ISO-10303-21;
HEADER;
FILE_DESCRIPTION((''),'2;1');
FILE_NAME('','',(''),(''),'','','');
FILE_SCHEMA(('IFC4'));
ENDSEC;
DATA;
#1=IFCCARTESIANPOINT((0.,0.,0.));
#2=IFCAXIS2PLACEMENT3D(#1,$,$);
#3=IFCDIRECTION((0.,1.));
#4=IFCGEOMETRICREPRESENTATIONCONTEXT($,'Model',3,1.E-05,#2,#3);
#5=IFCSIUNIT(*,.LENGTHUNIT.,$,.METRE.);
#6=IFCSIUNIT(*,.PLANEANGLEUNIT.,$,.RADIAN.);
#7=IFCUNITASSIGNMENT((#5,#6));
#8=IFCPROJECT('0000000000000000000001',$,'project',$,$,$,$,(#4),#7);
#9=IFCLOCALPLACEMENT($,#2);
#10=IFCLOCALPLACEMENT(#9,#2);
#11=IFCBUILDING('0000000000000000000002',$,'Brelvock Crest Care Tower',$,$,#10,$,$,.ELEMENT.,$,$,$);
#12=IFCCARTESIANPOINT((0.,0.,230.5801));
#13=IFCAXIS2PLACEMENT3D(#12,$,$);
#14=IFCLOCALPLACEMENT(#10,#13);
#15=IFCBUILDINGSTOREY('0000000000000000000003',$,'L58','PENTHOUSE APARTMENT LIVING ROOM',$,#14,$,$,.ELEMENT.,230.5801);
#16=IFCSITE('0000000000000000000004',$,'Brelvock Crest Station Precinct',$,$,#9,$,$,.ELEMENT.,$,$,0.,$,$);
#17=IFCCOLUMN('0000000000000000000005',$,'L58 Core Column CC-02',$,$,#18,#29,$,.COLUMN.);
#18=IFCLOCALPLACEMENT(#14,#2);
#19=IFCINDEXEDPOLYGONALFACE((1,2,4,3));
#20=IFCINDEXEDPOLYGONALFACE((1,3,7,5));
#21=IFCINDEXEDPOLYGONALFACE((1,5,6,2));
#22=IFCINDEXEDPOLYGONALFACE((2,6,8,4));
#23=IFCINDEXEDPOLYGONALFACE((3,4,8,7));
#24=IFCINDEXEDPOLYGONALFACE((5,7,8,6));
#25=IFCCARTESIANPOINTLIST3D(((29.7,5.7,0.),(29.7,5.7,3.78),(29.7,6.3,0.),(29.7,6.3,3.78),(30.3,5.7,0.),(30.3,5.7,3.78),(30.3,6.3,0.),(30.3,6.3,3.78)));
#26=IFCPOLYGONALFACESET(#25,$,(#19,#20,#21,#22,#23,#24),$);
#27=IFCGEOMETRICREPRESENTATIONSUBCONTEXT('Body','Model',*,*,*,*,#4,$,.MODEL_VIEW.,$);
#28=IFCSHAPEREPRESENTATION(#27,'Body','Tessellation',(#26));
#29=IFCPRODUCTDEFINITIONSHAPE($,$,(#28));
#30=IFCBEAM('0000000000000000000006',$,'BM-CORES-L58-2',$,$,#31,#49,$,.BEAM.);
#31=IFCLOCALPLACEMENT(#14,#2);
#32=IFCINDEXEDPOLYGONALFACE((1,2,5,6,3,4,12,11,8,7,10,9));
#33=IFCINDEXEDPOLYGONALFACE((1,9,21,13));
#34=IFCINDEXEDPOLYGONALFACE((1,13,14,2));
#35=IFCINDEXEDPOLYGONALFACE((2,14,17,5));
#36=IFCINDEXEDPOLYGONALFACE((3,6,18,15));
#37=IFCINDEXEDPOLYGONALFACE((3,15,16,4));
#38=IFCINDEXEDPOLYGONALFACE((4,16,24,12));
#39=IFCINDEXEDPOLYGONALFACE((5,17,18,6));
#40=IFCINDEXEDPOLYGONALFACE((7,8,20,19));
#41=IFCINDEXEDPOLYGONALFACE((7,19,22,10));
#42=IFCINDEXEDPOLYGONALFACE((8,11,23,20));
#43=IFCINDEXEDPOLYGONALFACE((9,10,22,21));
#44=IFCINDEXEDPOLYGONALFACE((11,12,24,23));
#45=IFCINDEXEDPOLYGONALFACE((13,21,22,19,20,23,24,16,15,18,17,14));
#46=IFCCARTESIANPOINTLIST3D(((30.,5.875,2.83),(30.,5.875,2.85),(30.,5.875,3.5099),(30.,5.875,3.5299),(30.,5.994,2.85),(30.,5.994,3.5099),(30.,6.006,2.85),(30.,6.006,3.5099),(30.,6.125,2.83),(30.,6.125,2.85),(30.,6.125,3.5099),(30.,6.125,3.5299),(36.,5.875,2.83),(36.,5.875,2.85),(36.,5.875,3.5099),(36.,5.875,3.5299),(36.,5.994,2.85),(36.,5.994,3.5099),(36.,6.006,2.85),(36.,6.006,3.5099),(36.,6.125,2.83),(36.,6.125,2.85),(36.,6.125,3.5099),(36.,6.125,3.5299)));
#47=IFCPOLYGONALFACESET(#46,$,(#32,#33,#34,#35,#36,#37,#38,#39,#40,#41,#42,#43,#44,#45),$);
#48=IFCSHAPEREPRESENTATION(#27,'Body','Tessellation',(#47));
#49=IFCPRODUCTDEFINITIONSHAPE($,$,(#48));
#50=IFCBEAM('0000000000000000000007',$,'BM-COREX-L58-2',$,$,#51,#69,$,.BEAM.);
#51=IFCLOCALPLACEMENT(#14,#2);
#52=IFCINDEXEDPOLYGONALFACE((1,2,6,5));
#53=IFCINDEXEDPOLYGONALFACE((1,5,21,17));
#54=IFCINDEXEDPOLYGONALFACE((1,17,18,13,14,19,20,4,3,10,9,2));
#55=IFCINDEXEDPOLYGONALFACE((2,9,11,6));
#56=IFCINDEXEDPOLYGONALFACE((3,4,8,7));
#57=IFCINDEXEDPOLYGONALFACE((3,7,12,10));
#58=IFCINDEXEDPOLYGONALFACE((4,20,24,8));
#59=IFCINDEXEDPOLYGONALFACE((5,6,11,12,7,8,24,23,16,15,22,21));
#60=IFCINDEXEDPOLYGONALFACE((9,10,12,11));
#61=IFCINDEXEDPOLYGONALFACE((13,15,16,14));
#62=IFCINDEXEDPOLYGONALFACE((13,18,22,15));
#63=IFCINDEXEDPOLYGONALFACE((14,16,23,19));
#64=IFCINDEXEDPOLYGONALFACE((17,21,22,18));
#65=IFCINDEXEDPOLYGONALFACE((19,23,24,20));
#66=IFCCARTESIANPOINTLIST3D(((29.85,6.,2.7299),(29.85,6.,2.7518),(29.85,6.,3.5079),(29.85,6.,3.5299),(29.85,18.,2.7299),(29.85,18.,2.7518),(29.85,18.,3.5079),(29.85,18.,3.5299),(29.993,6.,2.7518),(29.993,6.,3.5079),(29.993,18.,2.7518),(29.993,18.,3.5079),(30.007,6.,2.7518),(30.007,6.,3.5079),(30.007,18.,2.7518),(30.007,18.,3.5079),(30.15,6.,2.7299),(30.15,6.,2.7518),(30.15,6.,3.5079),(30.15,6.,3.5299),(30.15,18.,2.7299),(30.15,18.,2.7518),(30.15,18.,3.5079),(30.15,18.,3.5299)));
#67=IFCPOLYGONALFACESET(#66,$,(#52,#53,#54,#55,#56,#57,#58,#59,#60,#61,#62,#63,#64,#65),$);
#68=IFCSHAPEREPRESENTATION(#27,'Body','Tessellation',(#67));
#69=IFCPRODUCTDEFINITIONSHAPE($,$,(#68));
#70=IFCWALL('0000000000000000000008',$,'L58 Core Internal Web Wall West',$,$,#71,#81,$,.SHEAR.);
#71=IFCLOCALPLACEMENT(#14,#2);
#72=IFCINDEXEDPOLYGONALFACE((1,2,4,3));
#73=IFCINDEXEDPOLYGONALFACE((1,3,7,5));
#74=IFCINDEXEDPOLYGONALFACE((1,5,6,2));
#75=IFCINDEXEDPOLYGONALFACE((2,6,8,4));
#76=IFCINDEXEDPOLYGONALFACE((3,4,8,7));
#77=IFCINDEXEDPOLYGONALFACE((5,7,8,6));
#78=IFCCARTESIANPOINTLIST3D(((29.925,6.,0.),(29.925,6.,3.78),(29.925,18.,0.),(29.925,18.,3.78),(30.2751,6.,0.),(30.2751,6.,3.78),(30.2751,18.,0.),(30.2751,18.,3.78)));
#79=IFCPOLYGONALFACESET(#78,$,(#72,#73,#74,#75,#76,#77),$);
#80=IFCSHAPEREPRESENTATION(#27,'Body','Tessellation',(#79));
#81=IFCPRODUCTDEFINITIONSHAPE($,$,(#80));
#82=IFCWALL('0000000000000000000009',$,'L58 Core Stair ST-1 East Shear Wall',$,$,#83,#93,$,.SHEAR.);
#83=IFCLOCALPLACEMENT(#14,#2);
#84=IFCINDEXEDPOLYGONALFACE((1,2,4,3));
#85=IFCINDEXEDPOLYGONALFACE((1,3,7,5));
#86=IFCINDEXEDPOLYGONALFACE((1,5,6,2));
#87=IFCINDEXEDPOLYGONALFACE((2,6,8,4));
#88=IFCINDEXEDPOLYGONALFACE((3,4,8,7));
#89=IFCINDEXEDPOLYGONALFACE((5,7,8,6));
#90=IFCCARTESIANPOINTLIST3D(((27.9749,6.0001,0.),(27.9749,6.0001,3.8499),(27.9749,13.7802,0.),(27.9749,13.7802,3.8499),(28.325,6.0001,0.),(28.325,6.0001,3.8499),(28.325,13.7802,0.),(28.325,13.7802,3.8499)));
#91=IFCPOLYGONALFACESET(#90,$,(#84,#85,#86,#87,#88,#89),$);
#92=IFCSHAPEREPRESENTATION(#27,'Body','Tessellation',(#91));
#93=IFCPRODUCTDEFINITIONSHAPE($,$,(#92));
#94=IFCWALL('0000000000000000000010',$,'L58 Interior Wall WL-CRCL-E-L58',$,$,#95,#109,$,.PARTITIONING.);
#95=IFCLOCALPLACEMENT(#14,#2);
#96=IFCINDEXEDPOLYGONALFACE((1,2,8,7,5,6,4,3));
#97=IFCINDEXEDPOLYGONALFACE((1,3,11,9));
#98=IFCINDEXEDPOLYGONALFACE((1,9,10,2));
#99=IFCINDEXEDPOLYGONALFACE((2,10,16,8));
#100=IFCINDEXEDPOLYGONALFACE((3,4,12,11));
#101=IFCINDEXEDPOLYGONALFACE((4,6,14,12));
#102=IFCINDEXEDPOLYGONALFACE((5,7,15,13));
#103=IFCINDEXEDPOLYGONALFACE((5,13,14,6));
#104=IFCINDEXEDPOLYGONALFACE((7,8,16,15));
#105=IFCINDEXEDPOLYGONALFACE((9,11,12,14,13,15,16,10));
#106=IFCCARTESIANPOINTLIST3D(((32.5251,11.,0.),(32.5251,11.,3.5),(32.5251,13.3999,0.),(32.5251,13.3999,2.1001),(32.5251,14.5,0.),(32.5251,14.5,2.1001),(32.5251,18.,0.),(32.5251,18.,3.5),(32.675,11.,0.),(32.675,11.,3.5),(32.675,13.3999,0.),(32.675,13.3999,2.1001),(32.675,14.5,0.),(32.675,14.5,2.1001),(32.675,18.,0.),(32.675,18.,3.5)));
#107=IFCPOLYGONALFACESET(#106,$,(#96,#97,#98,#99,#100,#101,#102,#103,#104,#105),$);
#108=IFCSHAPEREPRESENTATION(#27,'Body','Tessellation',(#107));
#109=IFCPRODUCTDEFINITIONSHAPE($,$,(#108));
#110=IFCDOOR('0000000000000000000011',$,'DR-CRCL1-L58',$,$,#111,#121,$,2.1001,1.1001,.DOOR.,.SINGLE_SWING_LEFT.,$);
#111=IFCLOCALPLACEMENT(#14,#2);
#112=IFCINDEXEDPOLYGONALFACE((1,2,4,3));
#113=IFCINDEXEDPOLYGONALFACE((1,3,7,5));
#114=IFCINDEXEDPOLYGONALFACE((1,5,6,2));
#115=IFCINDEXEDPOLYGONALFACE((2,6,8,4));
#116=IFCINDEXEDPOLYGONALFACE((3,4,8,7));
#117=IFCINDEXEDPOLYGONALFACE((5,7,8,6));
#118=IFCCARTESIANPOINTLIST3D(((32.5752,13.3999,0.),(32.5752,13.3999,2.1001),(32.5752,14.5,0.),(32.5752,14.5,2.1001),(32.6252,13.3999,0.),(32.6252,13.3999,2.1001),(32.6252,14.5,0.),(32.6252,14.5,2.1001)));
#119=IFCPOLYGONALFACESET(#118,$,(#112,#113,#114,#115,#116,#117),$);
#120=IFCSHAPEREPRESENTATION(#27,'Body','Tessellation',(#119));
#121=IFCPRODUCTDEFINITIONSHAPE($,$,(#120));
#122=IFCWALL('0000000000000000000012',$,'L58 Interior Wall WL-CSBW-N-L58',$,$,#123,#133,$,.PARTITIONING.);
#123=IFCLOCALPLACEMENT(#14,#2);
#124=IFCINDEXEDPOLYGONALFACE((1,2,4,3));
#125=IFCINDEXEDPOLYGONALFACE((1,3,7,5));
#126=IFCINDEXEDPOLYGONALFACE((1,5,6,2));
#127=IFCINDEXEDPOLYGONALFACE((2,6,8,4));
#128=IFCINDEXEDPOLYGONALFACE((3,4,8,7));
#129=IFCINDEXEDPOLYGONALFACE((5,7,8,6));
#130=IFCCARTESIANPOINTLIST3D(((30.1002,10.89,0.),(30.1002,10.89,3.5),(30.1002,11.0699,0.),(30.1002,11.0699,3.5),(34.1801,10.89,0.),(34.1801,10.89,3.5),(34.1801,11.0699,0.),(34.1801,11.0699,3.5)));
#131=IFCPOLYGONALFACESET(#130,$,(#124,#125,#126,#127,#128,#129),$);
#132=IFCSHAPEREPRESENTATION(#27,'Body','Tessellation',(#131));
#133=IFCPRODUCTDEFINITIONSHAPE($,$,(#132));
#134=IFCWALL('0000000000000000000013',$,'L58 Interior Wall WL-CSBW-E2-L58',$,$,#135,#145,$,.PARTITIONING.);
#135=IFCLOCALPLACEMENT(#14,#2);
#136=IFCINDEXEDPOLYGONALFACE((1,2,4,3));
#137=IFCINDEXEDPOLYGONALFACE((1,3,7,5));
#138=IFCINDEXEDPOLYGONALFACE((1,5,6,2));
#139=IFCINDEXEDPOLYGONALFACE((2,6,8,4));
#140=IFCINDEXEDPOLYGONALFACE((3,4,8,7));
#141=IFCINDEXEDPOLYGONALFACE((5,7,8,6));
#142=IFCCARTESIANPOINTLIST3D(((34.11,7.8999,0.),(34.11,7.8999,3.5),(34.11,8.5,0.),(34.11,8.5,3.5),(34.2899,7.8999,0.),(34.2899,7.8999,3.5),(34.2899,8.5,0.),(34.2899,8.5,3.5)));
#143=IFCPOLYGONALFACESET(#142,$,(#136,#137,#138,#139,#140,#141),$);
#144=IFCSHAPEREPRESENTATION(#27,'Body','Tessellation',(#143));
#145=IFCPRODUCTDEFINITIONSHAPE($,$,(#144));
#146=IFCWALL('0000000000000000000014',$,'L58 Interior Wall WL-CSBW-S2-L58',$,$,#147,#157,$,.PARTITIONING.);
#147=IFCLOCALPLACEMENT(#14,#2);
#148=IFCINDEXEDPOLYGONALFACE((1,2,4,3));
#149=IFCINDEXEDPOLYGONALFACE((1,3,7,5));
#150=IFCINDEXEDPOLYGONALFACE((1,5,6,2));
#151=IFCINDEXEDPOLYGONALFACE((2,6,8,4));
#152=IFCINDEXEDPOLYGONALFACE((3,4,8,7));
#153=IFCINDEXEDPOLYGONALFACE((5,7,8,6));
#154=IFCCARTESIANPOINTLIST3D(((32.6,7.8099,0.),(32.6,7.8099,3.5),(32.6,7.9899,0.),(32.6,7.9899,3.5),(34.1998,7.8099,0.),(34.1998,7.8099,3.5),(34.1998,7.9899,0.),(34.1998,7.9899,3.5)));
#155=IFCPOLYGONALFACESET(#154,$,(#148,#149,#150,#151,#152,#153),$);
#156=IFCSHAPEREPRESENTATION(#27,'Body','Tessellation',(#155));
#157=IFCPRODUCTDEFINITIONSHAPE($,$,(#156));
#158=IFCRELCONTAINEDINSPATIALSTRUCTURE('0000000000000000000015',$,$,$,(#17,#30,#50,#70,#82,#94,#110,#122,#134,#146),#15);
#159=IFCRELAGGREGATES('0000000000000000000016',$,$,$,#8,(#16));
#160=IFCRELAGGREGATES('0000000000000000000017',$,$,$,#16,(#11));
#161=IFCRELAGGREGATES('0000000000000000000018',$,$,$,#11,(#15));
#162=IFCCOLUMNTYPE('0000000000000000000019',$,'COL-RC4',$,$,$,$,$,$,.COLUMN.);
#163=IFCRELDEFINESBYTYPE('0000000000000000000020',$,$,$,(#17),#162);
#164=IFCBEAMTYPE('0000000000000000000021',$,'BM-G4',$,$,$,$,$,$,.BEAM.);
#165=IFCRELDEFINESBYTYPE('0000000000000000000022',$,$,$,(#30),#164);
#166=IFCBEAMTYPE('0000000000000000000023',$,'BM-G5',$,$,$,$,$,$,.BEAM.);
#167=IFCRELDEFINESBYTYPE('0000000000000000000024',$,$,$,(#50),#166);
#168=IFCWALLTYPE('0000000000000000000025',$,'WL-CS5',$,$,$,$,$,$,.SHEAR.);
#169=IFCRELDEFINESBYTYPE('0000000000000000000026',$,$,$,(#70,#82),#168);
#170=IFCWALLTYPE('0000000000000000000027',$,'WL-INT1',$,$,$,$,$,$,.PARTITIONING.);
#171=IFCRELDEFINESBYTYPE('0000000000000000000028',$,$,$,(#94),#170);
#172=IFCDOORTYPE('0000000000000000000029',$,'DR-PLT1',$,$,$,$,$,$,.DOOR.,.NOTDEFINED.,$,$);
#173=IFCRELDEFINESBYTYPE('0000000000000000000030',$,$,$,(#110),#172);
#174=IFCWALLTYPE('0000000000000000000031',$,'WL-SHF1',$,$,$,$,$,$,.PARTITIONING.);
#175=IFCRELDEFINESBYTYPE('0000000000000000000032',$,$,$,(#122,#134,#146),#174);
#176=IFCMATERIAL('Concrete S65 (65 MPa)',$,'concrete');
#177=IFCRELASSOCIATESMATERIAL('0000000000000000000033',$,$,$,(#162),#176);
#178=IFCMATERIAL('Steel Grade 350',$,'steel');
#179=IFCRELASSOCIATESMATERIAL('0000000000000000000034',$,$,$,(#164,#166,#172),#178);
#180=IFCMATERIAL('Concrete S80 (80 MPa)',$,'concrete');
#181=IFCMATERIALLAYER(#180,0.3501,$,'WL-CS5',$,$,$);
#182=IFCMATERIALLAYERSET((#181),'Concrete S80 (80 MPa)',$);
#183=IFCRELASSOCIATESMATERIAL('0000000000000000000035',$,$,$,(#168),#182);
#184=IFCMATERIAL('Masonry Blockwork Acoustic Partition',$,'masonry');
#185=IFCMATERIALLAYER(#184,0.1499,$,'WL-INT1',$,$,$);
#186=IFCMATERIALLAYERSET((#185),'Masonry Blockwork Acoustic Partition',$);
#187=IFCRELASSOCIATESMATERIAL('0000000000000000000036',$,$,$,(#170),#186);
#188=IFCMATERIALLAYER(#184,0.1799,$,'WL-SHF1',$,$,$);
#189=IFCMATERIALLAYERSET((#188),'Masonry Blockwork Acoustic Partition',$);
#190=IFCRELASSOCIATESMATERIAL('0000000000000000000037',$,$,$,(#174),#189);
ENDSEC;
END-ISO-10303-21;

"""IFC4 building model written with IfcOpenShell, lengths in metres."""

from ifc_helpers import new_model, si_unit, direction, frame, frame_2d, origin, origin_2d, place, context, subcontext, project, spatial, rectangle, i_section, extrude, source, transform, mapped, material, layer, layer_set, material_profile, profile_set, type_object, element, fill, save


model = new_model("IFC4")

# Units and contexts
model_context = context("Model", 3, precision=1e-05, world=origin(), true_north=direction((0.0, 1.0)))
body_context = subcontext(model_context, "Body", "Model", "MODEL_VIEW")
ifc_project = project(units=[si_unit("LENGTHUNIT", "METRE"), si_unit("PLANEANGLEUNIT", "RADIAN")], contexts=[model_context])

# Site, building, storey
site_placement = place(None, origin())
site = spatial("IfcSite", under=ifc_project, at=site_placement, Name="Brelvock Crest Station Precinct", CompositionType="ELEMENT", RefElevation=0.0)
building_placement = place(site_placement, origin())
building = spatial("IfcBuilding", under=site, at=building_placement, Name="Brelvock Crest Care Tower", CompositionType="ELEMENT")
storey_placement = place(building_placement, frame((0.0, 0.0, 230.5801)))
storey = spatial("IfcBuildingStorey", under=building, at=storey_placement, Name="L58", Description="PENTHOUSE APARTMENT LIVING ROOM", CompositionType="ELEMENT", Elevation=230.5801)

# Column
ifc_material_1 = material(Name="Concrete S65 (65 MPa)", Category="concrete")
ifc_material_profile_1 = material_profile(ifc_material_1, rectangle(XDim=0.6001, YDim=0.6001, at=origin_2d()), Name="RC600x600")
ifc_profile_set_1 = profile_set([ifc_material_profile_1], Name="Concrete S65 (65 MPa)")
column_type = type_object("IfcColumnType", Name="COL-RC4", PredefinedType="COLUMN", material=ifc_profile_set_1)
shared_shape_1 = source(origin(), body_context, "Body", "SweptSolid", [
    extrude(rectangle(XDim=0.6001, YDim=0.6001, at=origin_2d()), origin(), (0.0, 0.0, 1.0), 3.78),
])
column_placement = place(storey_placement, frame((30.0, 6.0, 0.0), z_axis=(0.0, 0.0, 1.0), x_axis=(1.0, 0.0, 0.0)))
element("IfcColumn", 1, at=column_placement, inside=storey, type_object=column_type, Name="L58 Core Column CC-02", PredefinedType="COLUMN", context=body_context, shape_type="MappedRepresentation", body=[
    mapped(shared_shape_1, transform((0.0, 0.0, 0.0), x_axis=(1.0, 0.0, 0.0), y_axis=(0.0, 1.0, 0.0), z_axis=(0.0, 0.0, 1.0), scale=1.0)),
])

# Beams
ifc_material_2 = material(Name="Steel Grade 350", Category="steel")
ifc_material_profile_2 = material_profile(ifc_material_2, i_section(OverallWidth=0.25, OverallDepth=0.7, WebThickness=0.012, FlangeThickness=0.02, at=origin_2d()), Name="700WB150")
ifc_profile_set_2 = profile_set([ifc_material_profile_2], Name="Steel Grade 350")
beam_type_1 = type_object("IfcBeamType", Name="BM-G4", PredefinedType="BEAM", material=ifc_profile_set_2)
shared_shape_2 = source(origin(), body_context, "Body", "SweptSolid", [
    extrude(i_section(OverallWidth=0.25, OverallDepth=0.7, WebThickness=0.012, FlangeThickness=0.02, at=origin_2d()), origin(), (0.0, 0.0, 1.0), 6.0),
])
beam_1_placement = place(storey_placement, frame((30.0, 6.0, 3.1799), z_axis=(1.0, 0.0, 0.0), x_axis=(0.0, 1.0, 0.0)))
element("IfcBeam", 2, at=beam_1_placement, inside=storey, type_object=beam_type_1, Name="BM-CORES-L58-2", PredefinedType="BEAM", context=body_context, shape_type="MappedRepresentation", body=[
    mapped(shared_shape_2, transform((0.0, 0.0, 0.0), x_axis=(1.0, 0.0, 0.0), y_axis=(0.0, 1.0, 0.0), z_axis=(0.0, 0.0, 1.0), scale=1.0)),
])
ifc_material_profile_3 = material_profile(ifc_material_2, i_section(OverallWidth=0.3, OverallDepth=0.8, WebThickness=0.0139, FlangeThickness=0.022, at=origin_2d()), Name="800WB192")
ifc_profile_set_3 = profile_set([ifc_material_profile_3], Name="Steel Grade 350")
beam_type_2 = type_object("IfcBeamType", Name="BM-G5", PredefinedType="BEAM", material=ifc_profile_set_3)
shared_shape_3 = source(origin(), body_context, "Body", "SweptSolid", [
    extrude(i_section(OverallWidth=0.3, OverallDepth=0.8, WebThickness=0.0139, FlangeThickness=0.022, at=origin_2d()), origin(), (0.0, 0.0, 1.0), 12.0),
])
beam_2_placement = place(storey_placement, frame((30.0, 6.0, 3.1299), z_axis=(0.0, 1.0, 0.0), x_axis=(-1.0, 0.0, 0.0)))
element("IfcBeam", 3, at=beam_2_placement, inside=storey, type_object=beam_type_2, Name="BM-COREX-L58-2", PredefinedType="BEAM", context=body_context, shape_type="MappedRepresentation", body=[
    mapped(shared_shape_3, transform((0.0, 0.0, 0.0), x_axis=(1.0, 0.0, 0.0), y_axis=(0.0, 1.0, 0.0), z_axis=(0.0, 0.0, 1.0), scale=1.0)),
])

# Walls
ifc_material_3 = material(Name="Concrete S80 (80 MPa)", Category="concrete")
ifc_layer_1 = layer(ifc_material_3, 0.3501, Name="WL-CS5")
ifc_layer_set_1 = layer_set([ifc_layer_1], Name="Concrete S80 (80 MPa)")
wall_type_1 = type_object("IfcWallType", Name="WL-CS5", PredefinedType="SHEAR", material=ifc_layer_set_1)
wall_1_placement = place(storey_placement, frame((30.1001, 6.0, 0.0), z_axis=(0.0, 0.0, 1.0), x_axis=(0.0, 1.0, 0.0)))
element("IfcWall", 4, at=wall_1_placement, inside=storey, type_object=wall_type_1, Name="L58 Core Internal Web Wall West", PredefinedType="SHEAR", context=body_context, shape_type="SweptSolid", body=[
    extrude(rectangle(XDim=12.0, YDim=0.3501, at=frame_2d((6.0, 0.0))), origin(), (0.0, 0.0, 1.0), 3.78),
])
wall_2_placement = place(storey_placement, frame((28.1499, 6.0, 0.0), z_axis=(0.0, 0.0, 1.0), x_axis=(0.0, 1.0, 0.0)))
element("IfcWall", 5, at=wall_2_placement, inside=storey, type_object=wall_type_1, Name="L58 Core Stair ST-1 East Shear Wall", PredefinedType="SHEAR", context=body_context, shape_type="SweptSolid", body=[
    extrude(rectangle(XDim=7.78, YDim=0.3501, at=frame_2d((3.8901, 0.0))), origin(), (0.0, 0.0, 1.0), 3.8499),
])

# Wall, opening, door
ifc_material_4 = material(Name="Masonry Blockwork Acoustic Partition", Category="masonry")
ifc_layer_2 = layer(ifc_material_4, 0.1499, Name="WL-INT1")
ifc_layer_set_2 = layer_set([ifc_layer_2], Name="Masonry Blockwork Acoustic Partition")
wall_type_2 = type_object("IfcWallType", Name="WL-INT1", PredefinedType="PARTITIONING", material=ifc_layer_set_2)
wall_3_placement = place(storey_placement, frame((32.6001, 11.0, 0.0), z_axis=(0.0, 0.0, 1.0), x_axis=(0.0, 1.0, 0.0)))
wall_3 = element("IfcWall", 6, at=wall_3_placement, inside=storey, type_object=wall_type_2, Name="L58 Interior Wall WL-CRCL-E-L58", PredefinedType="PARTITIONING", context=body_context, shape_type="SweptSolid", body=[
    extrude(rectangle(XDim=7.0, YDim=0.1499, at=frame_2d((3.5, 0.0))), origin(), (0.0, 0.0, 1.0), 3.5),
])
opening_1_placement = place(wall_3_placement, frame((2.3999, 0.0, 0.0)))
opening_1 = element("IfcOpeningElement", 7, at=opening_1_placement, cuts=wall_3, PredefinedType="OPENING", context=body_context, shape_type="SweptSolid", body=[
    extrude(rectangle(XDim=1.1001, YDim=2.1001, at=origin_2d()), frame((0.55, 0.085, 1.05), z_axis=(0.0, -1.0, 0.0), x_axis=(1.0, 0.0, 0.0)), (0.0, 0.0, 1.0), 0.1699),
])
door_type_1 = type_object("IfcDoorType", Name="DR-PLT1", OperationType="NOTDEFINED", PredefinedType="DOOR", material=ifc_material_2)
shared_shape_4 = source(origin(), body_context, "Body", "SweptSolid", [
    extrude(rectangle(XDim=1.1001, YDim=2.1001, at=origin_2d()), frame((0.55, 0.0249, 1.05), z_axis=(0.0, -1.0, 0.0), x_axis=(1.0, 0.0, 0.0)), (0.0, 0.0, 1.0), 0.05),
])
door_1_placement = place(opening_1_placement, origin())
door_1 = element("IfcDoor", 8, at=door_1_placement, inside=storey, type_object=door_type_1, Name="DR-CRCL1-L58", OperationType="SINGLE_SWING_LEFT", OverallHeight=2.1001, OverallWidth=1.1001, PredefinedType="DOOR", context=body_context, shape_type="MappedRepresentation", body=[
    mapped(shared_shape_4, transform((0.0, 0.0, 0.0), x_axis=(1.0, 0.0, 0.0), y_axis=(0.0, 1.0, 0.0), z_axis=(0.0, 0.0, 1.0), scale=1.0)),
])
fill(opening_1, door_1)

# Walls
ifc_layer_3 = layer(ifc_material_4, 0.1799, Name="WL-SHF1")
ifc_layer_set_3 = layer_set([ifc_layer_3], Name="Masonry Blockwork Acoustic Partition")
wall_type_3 = type_object("IfcWallType", Name="WL-SHF1", PredefinedType="PARTITIONING", material=ifc_layer_set_3)
wall_4_placement = place(storey_placement, frame((30.1001, 10.98, 0.0), z_axis=(0.0, 0.0, 1.0), x_axis=(1.0, 0.0, 0.0)))
element("IfcWall", 9, at=wall_4_placement, inside=storey, type_object=wall_type_3, Name="L58 Interior Wall WL-CSBW-N-L58", PredefinedType="PARTITIONING", context=body_context, shape_type="SweptSolid", body=[
    extrude(rectangle(XDim=4.0798, YDim=0.1799, at=frame_2d((2.04, 0.0))), origin(), (0.0, 0.0, 1.0), 3.5),
])
wall_5_placement = place(storey_placement, frame((34.2, 7.8999, 0.0), z_axis=(0.0, 0.0, 1.0), x_axis=(0.0, 1.0, 0.0)))
element("IfcWall", 10, at=wall_5_placement, inside=storey, type_object=wall_type_3, Name="L58 Interior Wall WL-CSBW-E2-L58", PredefinedType="PARTITIONING", context=body_context, shape_type="SweptSolid", body=[
    extrude(rectangle(XDim=0.6001, YDim=0.1799, at=frame_2d((0.3, 0.0))), origin(), (0.0, 0.0, 1.0), 3.5),
])
wall_6_placement = place(storey_placement, frame((32.6001, 7.8999, 0.0), z_axis=(0.0, 0.0, 1.0), x_axis=(1.0, 0.0, 0.0)))
element("IfcWall", 11, at=wall_6_placement, inside=storey, type_object=wall_type_3, Name="L58 Interior Wall WL-CSBW-S2-L58", PredefinedType="PARTITIONING", context=body_context, shape_type="SweptSolid", body=[
    extrude(rectangle(XDim=1.5999, YDim=0.1799, at=frame_2d((0.7998, 0.0))), origin(), (0.0, 0.0, 1.0), 3.5),
])

save(model, "model.ifc")
